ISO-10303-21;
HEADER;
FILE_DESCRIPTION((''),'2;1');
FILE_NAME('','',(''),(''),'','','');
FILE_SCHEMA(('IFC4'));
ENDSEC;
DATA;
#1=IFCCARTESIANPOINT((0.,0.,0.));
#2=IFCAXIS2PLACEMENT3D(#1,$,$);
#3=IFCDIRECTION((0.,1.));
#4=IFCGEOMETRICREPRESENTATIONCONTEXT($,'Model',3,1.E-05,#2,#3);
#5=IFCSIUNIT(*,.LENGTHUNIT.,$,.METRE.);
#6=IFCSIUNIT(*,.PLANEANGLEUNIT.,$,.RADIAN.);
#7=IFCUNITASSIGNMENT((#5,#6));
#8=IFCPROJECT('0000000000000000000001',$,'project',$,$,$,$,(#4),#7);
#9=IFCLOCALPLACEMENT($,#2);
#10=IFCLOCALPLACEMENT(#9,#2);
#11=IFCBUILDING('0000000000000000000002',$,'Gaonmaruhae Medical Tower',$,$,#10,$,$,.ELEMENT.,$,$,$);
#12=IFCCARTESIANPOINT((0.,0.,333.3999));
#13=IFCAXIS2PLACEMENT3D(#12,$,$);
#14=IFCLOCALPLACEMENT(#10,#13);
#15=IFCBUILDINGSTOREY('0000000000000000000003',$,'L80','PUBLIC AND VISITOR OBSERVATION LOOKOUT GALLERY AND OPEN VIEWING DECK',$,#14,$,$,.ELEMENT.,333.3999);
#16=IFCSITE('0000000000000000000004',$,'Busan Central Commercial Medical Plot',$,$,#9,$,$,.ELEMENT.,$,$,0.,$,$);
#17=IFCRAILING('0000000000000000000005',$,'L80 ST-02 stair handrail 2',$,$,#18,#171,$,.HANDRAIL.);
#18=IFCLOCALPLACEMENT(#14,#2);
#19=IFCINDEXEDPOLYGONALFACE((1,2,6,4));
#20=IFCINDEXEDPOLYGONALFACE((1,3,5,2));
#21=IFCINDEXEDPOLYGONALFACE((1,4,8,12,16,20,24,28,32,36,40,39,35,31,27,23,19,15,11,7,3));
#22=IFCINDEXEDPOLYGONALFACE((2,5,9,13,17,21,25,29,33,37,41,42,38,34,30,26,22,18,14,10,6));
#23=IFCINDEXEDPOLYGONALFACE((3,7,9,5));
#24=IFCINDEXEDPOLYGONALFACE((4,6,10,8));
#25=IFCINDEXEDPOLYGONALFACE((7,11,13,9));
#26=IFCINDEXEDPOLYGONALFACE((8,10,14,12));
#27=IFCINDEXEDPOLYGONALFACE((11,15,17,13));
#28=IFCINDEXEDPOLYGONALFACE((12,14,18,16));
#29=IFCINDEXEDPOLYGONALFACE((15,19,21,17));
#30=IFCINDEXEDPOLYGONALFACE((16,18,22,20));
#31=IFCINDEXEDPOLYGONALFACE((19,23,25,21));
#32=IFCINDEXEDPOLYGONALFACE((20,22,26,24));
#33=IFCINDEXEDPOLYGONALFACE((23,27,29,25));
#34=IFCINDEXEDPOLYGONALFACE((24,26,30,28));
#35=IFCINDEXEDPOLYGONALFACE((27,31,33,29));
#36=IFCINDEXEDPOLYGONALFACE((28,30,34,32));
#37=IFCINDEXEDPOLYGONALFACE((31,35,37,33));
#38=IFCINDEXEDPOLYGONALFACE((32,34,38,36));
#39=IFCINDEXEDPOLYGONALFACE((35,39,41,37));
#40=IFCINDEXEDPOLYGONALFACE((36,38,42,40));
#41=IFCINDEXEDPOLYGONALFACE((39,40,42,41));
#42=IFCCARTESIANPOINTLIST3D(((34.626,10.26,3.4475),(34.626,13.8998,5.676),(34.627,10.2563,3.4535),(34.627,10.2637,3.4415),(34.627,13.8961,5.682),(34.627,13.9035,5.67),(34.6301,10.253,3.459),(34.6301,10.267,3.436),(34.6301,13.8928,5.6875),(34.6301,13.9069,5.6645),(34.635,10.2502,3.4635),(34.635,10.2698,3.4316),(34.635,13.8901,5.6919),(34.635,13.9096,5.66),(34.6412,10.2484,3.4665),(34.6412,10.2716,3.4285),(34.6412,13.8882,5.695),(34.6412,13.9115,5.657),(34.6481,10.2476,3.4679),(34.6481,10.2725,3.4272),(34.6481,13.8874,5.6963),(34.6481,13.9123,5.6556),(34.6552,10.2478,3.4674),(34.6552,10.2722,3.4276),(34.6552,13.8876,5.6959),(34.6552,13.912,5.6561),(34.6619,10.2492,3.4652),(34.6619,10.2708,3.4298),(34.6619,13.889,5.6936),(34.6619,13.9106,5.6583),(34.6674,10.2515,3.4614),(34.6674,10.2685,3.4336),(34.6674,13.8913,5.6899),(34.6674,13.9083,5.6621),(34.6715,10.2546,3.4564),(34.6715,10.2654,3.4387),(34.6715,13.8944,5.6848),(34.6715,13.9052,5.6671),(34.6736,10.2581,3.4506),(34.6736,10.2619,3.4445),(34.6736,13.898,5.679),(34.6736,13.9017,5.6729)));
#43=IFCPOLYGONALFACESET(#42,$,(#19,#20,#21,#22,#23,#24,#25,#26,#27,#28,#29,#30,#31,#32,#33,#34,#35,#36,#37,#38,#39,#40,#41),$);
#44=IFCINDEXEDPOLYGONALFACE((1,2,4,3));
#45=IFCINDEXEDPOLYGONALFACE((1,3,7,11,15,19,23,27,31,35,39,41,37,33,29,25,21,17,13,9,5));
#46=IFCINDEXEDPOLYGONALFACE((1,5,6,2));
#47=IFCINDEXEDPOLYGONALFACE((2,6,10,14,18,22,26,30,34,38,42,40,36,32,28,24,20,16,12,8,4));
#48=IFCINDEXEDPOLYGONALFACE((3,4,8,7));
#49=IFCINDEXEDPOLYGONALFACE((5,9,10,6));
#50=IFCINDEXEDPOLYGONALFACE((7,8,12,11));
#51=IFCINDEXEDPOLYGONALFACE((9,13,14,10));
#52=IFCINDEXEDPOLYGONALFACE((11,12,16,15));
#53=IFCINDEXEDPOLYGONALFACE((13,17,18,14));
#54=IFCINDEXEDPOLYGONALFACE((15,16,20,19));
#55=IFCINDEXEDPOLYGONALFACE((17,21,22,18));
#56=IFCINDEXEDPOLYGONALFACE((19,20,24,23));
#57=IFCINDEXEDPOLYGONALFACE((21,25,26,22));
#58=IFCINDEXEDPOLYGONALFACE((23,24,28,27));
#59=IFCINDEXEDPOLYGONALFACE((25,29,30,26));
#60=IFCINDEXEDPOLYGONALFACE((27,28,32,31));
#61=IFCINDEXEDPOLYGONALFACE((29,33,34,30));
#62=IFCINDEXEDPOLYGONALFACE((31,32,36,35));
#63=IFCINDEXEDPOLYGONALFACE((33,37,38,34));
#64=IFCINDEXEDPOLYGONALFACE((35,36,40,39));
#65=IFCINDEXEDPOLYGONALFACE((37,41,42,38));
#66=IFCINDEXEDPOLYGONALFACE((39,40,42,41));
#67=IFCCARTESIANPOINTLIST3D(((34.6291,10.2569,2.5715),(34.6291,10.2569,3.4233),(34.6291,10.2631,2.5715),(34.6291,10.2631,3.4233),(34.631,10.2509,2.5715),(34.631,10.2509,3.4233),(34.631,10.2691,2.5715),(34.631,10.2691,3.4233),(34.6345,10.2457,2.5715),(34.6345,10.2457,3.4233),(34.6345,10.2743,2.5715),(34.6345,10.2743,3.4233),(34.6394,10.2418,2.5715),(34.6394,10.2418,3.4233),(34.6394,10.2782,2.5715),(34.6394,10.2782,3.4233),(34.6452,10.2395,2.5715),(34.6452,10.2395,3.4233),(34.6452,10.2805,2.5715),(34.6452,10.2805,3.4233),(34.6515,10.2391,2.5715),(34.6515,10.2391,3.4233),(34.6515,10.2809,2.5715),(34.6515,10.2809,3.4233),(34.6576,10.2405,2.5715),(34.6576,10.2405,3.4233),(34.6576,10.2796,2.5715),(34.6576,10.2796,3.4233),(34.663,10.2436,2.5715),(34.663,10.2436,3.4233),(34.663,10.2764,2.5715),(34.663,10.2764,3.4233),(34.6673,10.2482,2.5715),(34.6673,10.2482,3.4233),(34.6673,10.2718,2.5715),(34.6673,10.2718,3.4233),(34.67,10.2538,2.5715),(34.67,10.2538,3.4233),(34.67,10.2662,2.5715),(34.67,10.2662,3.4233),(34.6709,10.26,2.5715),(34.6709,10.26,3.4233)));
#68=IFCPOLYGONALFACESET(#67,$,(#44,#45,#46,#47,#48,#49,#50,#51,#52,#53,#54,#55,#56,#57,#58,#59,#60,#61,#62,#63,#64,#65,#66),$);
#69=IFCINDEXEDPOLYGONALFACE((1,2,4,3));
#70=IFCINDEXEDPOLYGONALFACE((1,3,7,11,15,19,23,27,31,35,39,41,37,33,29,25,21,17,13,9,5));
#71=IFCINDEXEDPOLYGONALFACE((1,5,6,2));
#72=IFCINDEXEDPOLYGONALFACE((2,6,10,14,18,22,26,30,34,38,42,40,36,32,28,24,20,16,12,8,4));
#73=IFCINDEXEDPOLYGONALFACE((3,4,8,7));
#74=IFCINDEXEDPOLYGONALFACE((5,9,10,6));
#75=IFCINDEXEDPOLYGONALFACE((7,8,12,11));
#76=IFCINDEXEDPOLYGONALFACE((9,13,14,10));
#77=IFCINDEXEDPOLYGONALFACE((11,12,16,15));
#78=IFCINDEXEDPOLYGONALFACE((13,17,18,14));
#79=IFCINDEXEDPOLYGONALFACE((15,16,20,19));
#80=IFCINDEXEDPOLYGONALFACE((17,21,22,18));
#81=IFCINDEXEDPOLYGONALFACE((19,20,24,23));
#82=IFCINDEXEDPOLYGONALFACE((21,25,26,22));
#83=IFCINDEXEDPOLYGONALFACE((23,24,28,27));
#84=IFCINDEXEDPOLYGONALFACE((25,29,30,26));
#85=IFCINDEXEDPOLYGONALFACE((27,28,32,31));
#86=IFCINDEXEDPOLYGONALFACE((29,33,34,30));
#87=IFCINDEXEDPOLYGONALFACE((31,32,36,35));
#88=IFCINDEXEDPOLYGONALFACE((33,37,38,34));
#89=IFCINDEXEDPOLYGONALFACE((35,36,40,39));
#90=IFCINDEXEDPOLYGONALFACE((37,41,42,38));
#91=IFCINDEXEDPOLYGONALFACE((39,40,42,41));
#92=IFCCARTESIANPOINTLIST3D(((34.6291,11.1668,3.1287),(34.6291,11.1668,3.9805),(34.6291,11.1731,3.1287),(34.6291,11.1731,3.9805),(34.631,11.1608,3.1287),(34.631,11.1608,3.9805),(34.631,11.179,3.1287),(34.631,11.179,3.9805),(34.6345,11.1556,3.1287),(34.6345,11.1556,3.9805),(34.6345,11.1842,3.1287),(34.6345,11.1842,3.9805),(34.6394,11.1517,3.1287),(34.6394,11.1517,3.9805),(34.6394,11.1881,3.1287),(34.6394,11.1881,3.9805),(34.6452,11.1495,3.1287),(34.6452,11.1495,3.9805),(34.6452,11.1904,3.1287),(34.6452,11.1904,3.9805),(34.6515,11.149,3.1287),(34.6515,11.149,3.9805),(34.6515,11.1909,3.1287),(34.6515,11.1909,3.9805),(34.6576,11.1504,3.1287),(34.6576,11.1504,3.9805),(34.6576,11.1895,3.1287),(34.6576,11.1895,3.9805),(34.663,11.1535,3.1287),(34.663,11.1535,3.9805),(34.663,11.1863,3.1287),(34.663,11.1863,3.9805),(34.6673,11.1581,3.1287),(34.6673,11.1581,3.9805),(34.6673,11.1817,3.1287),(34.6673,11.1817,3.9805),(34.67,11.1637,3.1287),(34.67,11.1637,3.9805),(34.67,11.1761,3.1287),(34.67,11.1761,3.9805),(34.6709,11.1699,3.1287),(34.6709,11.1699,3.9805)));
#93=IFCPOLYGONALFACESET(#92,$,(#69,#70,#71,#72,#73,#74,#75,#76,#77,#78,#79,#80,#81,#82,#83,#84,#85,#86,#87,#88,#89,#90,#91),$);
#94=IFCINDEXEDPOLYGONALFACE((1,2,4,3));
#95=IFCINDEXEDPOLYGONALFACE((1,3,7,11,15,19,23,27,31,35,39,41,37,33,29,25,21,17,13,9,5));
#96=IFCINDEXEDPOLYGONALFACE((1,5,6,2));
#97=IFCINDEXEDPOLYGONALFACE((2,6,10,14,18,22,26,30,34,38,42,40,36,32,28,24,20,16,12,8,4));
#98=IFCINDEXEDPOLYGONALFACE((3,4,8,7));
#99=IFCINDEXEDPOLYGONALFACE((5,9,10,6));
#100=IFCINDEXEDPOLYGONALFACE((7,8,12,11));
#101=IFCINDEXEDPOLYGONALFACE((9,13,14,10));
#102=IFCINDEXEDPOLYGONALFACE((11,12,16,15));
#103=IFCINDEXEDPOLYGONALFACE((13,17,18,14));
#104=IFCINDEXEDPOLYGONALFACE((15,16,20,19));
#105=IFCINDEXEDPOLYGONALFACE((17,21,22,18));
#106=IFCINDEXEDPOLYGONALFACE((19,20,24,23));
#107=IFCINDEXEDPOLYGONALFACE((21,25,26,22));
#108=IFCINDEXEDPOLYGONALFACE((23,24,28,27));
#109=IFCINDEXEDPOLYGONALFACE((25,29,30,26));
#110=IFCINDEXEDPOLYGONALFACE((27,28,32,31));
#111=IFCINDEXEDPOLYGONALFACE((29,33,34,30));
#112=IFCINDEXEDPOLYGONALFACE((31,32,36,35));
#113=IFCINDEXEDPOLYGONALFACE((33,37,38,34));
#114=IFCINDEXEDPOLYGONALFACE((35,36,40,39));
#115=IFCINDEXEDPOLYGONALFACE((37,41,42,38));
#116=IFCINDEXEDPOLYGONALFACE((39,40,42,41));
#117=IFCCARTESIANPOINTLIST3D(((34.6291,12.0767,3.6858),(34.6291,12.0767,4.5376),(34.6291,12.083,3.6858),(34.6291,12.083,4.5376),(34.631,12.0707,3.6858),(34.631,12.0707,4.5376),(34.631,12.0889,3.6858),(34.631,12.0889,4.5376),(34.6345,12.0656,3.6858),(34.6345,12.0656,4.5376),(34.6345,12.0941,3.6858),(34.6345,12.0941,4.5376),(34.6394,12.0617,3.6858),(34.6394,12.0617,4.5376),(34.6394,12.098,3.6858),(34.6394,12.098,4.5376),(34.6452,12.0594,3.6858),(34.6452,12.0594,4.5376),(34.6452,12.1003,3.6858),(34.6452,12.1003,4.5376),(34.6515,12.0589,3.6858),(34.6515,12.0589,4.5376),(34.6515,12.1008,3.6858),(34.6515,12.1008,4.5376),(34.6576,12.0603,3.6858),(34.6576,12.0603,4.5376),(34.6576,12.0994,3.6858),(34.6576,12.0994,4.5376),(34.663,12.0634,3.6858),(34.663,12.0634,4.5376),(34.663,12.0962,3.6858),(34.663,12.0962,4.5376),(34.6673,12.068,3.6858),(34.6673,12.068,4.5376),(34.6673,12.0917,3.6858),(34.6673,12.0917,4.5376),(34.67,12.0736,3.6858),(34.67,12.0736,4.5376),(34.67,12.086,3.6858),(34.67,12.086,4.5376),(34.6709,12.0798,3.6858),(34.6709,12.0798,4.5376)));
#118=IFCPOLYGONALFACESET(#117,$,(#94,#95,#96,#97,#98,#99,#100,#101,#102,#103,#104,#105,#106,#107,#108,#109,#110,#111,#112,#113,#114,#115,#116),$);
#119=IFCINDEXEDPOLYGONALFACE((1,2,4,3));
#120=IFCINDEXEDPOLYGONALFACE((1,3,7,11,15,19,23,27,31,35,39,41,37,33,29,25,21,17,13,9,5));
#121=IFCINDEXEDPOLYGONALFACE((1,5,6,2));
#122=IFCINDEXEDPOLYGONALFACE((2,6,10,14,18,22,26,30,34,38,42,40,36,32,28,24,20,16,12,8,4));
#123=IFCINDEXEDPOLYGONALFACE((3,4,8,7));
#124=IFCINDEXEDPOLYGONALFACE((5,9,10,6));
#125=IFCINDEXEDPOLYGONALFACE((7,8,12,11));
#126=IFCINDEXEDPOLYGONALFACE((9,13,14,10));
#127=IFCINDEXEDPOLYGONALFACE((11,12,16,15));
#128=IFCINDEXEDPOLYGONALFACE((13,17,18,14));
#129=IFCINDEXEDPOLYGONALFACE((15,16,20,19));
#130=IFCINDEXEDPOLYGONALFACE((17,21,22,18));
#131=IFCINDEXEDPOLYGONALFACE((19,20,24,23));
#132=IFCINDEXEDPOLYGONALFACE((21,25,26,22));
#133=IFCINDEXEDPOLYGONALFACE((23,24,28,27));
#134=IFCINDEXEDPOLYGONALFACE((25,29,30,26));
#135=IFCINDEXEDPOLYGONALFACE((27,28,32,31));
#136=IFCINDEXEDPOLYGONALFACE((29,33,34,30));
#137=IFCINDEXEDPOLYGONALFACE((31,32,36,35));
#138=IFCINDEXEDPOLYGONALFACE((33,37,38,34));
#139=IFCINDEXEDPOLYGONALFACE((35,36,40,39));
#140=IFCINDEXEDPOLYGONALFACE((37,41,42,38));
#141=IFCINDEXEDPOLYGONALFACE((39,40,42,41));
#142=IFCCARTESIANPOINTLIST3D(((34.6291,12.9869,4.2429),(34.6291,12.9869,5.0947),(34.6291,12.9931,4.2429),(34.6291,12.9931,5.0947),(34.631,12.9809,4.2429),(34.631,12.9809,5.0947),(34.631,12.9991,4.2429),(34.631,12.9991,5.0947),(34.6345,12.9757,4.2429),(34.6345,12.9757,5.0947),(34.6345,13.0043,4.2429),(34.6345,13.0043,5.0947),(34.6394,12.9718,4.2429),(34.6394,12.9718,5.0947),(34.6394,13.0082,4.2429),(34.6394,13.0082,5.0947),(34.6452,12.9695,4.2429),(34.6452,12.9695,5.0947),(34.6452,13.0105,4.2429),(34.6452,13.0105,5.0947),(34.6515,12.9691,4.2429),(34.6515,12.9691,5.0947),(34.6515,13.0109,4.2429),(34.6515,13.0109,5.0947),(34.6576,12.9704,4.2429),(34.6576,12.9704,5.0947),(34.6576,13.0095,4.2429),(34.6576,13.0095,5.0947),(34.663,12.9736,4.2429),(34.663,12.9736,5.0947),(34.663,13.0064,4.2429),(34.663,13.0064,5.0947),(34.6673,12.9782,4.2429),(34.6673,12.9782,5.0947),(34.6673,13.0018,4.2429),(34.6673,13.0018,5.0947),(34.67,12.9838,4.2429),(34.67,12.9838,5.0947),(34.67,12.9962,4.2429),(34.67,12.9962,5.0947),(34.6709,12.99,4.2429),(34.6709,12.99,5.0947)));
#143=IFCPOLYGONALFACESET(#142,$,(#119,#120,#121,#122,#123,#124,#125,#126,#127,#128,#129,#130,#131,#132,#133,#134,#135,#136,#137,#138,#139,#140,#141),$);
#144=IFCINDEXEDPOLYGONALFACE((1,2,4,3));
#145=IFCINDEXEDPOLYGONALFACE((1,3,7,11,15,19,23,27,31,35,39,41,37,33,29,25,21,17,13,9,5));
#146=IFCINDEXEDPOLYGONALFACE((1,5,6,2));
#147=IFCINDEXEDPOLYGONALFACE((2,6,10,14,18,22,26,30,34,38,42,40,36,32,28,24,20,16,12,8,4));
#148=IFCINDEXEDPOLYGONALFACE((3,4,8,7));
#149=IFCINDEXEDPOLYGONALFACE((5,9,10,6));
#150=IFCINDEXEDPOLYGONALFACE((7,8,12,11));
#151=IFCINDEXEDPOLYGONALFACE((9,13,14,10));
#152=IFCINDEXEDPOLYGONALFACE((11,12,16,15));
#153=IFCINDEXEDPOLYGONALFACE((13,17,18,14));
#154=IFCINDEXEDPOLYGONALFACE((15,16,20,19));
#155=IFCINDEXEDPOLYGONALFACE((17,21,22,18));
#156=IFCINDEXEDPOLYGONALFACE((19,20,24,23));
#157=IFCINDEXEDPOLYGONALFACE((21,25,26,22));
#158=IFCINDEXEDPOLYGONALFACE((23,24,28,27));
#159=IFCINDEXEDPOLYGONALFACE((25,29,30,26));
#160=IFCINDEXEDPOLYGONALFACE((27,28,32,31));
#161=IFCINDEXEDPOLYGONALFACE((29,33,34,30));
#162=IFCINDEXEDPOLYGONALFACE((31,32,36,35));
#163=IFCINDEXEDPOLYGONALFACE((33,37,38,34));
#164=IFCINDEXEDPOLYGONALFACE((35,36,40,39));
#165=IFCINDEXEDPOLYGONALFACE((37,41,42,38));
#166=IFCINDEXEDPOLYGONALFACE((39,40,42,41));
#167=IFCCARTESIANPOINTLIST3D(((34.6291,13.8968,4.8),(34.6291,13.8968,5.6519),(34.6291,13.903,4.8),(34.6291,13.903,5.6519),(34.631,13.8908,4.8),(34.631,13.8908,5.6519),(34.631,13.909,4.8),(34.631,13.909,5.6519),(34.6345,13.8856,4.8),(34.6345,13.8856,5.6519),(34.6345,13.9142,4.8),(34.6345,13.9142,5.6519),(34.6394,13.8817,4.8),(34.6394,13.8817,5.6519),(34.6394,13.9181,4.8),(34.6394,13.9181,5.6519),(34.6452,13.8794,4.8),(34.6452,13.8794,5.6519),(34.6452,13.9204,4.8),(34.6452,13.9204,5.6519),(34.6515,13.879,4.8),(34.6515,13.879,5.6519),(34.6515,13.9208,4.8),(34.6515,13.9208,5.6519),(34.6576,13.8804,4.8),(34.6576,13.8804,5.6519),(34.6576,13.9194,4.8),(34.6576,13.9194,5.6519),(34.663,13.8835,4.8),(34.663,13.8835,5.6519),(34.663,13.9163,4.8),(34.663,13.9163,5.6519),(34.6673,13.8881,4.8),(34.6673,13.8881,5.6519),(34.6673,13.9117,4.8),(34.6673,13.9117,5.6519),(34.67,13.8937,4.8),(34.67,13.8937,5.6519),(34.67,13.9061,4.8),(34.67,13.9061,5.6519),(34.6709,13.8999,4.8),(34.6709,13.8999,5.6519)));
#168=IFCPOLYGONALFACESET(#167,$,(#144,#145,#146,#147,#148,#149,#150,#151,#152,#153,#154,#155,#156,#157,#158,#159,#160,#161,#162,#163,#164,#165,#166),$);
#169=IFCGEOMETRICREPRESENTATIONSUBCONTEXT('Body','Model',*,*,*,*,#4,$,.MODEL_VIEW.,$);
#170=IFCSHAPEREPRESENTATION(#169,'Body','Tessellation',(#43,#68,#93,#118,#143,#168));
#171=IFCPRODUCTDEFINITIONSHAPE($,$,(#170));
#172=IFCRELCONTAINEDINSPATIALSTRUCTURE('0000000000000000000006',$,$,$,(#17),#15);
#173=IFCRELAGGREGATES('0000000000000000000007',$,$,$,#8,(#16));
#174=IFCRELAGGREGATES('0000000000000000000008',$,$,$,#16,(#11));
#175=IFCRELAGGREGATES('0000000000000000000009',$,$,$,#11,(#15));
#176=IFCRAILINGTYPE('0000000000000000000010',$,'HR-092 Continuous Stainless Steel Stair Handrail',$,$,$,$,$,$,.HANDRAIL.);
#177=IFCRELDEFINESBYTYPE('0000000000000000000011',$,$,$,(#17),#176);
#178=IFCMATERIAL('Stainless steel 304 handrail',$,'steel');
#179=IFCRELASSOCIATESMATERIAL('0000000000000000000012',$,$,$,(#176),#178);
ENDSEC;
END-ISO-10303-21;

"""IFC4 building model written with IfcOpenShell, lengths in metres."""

from ifc_helpers import new_model, si_unit, direction, frame, origin, origin_2d, place, context, subcontext, project, spatial, circle, extrude, material, type_object, element, save


model = new_model("IFC4")

# Units and contexts
model_context = context("Model", 3, precision=1e-05, world=origin(), true_north=direction((0.0, 1.0)))
body_context = subcontext(model_context, "Body", "Model", "MODEL_VIEW")
ifc_project = project(units=[si_unit("LENGTHUNIT", "METRE"), si_unit("PLANEANGLEUNIT", "RADIAN")], contexts=[model_context])

# Site, building, storey
site_placement = place(None, origin())
site = spatial("IfcSite", under=ifc_project, at=site_placement, Name="Busan Central Commercial Medical Plot", CompositionType="ELEMENT", RefElevation=0.0)
building_placement = place(site_placement, origin())
building = spatial("IfcBuilding", under=site, at=building_placement, Name="Gaonmaruhae Medical Tower", CompositionType="ELEMENT")
storey_placement = place(building_placement, frame((0.0, 0.0, 333.3999)))
storey = spatial("IfcBuildingStorey", under=building, at=storey_placement, Name="L80", Description="PUBLIC AND VISITOR OBSERVATION LOOKOUT GALLERY AND OPEN VIEWING DECK", CompositionType="ELEMENT", Elevation=333.3999)

# Railing
ifc_material_1 = material(Name="Stainless steel 304 handrail", Category="steel")
railing_type_1 = type_object("IfcRailingType", Name="HR-092 Continuous Stainless Steel Stair Handrail", PredefinedType="HANDRAIL", material=ifc_material_1)
railing_1_placement = place(storey_placement, frame((34.6499, 10.26, 2.5715)))
element("IfcRailing", 1, at=railing_1_placement, inside=storey, type_object=railing_type_1, Name="L80 ST-02 stair handrail 2", PredefinedType="HANDRAIL", context=body_context, shape_type="SweptSolid", body=[
    extrude(circle(Radius=0.0239, at=origin_2d()), frame((0.0, 0.0, 0.876), z_axis=(0.0, 0.85285, 0.522156), x_axis=(-1.0, 0.0, 0.0)), (0.0, 0.0, 1.0), 4.2678),
    extrude(circle(Radius=0.021, at=origin_2d()), origin(), (0.0, 0.0, 1.0), 0.8518),
    extrude(circle(Radius=0.021, at=origin_2d()), frame((0.0, 0.9099, 0.5571)), (0.0, 0.0, 1.0), 0.8518),
    extrude(circle(Radius=0.021, at=origin_2d()), frame((0.0, 1.8198, 1.1143)), (0.0, 0.0, 1.0), 0.8518),
    extrude(circle(Radius=0.021, at=origin_2d()), frame((0.0, 2.73, 1.6714)), (0.0, 0.0, 1.0), 0.8518),
    extrude(circle(Radius=0.021, at=origin_2d()), frame((0.0, 3.6399, 2.2285)), (0.0, 0.0, 1.0), 0.8518),
])

save(model, "model.ifc")
